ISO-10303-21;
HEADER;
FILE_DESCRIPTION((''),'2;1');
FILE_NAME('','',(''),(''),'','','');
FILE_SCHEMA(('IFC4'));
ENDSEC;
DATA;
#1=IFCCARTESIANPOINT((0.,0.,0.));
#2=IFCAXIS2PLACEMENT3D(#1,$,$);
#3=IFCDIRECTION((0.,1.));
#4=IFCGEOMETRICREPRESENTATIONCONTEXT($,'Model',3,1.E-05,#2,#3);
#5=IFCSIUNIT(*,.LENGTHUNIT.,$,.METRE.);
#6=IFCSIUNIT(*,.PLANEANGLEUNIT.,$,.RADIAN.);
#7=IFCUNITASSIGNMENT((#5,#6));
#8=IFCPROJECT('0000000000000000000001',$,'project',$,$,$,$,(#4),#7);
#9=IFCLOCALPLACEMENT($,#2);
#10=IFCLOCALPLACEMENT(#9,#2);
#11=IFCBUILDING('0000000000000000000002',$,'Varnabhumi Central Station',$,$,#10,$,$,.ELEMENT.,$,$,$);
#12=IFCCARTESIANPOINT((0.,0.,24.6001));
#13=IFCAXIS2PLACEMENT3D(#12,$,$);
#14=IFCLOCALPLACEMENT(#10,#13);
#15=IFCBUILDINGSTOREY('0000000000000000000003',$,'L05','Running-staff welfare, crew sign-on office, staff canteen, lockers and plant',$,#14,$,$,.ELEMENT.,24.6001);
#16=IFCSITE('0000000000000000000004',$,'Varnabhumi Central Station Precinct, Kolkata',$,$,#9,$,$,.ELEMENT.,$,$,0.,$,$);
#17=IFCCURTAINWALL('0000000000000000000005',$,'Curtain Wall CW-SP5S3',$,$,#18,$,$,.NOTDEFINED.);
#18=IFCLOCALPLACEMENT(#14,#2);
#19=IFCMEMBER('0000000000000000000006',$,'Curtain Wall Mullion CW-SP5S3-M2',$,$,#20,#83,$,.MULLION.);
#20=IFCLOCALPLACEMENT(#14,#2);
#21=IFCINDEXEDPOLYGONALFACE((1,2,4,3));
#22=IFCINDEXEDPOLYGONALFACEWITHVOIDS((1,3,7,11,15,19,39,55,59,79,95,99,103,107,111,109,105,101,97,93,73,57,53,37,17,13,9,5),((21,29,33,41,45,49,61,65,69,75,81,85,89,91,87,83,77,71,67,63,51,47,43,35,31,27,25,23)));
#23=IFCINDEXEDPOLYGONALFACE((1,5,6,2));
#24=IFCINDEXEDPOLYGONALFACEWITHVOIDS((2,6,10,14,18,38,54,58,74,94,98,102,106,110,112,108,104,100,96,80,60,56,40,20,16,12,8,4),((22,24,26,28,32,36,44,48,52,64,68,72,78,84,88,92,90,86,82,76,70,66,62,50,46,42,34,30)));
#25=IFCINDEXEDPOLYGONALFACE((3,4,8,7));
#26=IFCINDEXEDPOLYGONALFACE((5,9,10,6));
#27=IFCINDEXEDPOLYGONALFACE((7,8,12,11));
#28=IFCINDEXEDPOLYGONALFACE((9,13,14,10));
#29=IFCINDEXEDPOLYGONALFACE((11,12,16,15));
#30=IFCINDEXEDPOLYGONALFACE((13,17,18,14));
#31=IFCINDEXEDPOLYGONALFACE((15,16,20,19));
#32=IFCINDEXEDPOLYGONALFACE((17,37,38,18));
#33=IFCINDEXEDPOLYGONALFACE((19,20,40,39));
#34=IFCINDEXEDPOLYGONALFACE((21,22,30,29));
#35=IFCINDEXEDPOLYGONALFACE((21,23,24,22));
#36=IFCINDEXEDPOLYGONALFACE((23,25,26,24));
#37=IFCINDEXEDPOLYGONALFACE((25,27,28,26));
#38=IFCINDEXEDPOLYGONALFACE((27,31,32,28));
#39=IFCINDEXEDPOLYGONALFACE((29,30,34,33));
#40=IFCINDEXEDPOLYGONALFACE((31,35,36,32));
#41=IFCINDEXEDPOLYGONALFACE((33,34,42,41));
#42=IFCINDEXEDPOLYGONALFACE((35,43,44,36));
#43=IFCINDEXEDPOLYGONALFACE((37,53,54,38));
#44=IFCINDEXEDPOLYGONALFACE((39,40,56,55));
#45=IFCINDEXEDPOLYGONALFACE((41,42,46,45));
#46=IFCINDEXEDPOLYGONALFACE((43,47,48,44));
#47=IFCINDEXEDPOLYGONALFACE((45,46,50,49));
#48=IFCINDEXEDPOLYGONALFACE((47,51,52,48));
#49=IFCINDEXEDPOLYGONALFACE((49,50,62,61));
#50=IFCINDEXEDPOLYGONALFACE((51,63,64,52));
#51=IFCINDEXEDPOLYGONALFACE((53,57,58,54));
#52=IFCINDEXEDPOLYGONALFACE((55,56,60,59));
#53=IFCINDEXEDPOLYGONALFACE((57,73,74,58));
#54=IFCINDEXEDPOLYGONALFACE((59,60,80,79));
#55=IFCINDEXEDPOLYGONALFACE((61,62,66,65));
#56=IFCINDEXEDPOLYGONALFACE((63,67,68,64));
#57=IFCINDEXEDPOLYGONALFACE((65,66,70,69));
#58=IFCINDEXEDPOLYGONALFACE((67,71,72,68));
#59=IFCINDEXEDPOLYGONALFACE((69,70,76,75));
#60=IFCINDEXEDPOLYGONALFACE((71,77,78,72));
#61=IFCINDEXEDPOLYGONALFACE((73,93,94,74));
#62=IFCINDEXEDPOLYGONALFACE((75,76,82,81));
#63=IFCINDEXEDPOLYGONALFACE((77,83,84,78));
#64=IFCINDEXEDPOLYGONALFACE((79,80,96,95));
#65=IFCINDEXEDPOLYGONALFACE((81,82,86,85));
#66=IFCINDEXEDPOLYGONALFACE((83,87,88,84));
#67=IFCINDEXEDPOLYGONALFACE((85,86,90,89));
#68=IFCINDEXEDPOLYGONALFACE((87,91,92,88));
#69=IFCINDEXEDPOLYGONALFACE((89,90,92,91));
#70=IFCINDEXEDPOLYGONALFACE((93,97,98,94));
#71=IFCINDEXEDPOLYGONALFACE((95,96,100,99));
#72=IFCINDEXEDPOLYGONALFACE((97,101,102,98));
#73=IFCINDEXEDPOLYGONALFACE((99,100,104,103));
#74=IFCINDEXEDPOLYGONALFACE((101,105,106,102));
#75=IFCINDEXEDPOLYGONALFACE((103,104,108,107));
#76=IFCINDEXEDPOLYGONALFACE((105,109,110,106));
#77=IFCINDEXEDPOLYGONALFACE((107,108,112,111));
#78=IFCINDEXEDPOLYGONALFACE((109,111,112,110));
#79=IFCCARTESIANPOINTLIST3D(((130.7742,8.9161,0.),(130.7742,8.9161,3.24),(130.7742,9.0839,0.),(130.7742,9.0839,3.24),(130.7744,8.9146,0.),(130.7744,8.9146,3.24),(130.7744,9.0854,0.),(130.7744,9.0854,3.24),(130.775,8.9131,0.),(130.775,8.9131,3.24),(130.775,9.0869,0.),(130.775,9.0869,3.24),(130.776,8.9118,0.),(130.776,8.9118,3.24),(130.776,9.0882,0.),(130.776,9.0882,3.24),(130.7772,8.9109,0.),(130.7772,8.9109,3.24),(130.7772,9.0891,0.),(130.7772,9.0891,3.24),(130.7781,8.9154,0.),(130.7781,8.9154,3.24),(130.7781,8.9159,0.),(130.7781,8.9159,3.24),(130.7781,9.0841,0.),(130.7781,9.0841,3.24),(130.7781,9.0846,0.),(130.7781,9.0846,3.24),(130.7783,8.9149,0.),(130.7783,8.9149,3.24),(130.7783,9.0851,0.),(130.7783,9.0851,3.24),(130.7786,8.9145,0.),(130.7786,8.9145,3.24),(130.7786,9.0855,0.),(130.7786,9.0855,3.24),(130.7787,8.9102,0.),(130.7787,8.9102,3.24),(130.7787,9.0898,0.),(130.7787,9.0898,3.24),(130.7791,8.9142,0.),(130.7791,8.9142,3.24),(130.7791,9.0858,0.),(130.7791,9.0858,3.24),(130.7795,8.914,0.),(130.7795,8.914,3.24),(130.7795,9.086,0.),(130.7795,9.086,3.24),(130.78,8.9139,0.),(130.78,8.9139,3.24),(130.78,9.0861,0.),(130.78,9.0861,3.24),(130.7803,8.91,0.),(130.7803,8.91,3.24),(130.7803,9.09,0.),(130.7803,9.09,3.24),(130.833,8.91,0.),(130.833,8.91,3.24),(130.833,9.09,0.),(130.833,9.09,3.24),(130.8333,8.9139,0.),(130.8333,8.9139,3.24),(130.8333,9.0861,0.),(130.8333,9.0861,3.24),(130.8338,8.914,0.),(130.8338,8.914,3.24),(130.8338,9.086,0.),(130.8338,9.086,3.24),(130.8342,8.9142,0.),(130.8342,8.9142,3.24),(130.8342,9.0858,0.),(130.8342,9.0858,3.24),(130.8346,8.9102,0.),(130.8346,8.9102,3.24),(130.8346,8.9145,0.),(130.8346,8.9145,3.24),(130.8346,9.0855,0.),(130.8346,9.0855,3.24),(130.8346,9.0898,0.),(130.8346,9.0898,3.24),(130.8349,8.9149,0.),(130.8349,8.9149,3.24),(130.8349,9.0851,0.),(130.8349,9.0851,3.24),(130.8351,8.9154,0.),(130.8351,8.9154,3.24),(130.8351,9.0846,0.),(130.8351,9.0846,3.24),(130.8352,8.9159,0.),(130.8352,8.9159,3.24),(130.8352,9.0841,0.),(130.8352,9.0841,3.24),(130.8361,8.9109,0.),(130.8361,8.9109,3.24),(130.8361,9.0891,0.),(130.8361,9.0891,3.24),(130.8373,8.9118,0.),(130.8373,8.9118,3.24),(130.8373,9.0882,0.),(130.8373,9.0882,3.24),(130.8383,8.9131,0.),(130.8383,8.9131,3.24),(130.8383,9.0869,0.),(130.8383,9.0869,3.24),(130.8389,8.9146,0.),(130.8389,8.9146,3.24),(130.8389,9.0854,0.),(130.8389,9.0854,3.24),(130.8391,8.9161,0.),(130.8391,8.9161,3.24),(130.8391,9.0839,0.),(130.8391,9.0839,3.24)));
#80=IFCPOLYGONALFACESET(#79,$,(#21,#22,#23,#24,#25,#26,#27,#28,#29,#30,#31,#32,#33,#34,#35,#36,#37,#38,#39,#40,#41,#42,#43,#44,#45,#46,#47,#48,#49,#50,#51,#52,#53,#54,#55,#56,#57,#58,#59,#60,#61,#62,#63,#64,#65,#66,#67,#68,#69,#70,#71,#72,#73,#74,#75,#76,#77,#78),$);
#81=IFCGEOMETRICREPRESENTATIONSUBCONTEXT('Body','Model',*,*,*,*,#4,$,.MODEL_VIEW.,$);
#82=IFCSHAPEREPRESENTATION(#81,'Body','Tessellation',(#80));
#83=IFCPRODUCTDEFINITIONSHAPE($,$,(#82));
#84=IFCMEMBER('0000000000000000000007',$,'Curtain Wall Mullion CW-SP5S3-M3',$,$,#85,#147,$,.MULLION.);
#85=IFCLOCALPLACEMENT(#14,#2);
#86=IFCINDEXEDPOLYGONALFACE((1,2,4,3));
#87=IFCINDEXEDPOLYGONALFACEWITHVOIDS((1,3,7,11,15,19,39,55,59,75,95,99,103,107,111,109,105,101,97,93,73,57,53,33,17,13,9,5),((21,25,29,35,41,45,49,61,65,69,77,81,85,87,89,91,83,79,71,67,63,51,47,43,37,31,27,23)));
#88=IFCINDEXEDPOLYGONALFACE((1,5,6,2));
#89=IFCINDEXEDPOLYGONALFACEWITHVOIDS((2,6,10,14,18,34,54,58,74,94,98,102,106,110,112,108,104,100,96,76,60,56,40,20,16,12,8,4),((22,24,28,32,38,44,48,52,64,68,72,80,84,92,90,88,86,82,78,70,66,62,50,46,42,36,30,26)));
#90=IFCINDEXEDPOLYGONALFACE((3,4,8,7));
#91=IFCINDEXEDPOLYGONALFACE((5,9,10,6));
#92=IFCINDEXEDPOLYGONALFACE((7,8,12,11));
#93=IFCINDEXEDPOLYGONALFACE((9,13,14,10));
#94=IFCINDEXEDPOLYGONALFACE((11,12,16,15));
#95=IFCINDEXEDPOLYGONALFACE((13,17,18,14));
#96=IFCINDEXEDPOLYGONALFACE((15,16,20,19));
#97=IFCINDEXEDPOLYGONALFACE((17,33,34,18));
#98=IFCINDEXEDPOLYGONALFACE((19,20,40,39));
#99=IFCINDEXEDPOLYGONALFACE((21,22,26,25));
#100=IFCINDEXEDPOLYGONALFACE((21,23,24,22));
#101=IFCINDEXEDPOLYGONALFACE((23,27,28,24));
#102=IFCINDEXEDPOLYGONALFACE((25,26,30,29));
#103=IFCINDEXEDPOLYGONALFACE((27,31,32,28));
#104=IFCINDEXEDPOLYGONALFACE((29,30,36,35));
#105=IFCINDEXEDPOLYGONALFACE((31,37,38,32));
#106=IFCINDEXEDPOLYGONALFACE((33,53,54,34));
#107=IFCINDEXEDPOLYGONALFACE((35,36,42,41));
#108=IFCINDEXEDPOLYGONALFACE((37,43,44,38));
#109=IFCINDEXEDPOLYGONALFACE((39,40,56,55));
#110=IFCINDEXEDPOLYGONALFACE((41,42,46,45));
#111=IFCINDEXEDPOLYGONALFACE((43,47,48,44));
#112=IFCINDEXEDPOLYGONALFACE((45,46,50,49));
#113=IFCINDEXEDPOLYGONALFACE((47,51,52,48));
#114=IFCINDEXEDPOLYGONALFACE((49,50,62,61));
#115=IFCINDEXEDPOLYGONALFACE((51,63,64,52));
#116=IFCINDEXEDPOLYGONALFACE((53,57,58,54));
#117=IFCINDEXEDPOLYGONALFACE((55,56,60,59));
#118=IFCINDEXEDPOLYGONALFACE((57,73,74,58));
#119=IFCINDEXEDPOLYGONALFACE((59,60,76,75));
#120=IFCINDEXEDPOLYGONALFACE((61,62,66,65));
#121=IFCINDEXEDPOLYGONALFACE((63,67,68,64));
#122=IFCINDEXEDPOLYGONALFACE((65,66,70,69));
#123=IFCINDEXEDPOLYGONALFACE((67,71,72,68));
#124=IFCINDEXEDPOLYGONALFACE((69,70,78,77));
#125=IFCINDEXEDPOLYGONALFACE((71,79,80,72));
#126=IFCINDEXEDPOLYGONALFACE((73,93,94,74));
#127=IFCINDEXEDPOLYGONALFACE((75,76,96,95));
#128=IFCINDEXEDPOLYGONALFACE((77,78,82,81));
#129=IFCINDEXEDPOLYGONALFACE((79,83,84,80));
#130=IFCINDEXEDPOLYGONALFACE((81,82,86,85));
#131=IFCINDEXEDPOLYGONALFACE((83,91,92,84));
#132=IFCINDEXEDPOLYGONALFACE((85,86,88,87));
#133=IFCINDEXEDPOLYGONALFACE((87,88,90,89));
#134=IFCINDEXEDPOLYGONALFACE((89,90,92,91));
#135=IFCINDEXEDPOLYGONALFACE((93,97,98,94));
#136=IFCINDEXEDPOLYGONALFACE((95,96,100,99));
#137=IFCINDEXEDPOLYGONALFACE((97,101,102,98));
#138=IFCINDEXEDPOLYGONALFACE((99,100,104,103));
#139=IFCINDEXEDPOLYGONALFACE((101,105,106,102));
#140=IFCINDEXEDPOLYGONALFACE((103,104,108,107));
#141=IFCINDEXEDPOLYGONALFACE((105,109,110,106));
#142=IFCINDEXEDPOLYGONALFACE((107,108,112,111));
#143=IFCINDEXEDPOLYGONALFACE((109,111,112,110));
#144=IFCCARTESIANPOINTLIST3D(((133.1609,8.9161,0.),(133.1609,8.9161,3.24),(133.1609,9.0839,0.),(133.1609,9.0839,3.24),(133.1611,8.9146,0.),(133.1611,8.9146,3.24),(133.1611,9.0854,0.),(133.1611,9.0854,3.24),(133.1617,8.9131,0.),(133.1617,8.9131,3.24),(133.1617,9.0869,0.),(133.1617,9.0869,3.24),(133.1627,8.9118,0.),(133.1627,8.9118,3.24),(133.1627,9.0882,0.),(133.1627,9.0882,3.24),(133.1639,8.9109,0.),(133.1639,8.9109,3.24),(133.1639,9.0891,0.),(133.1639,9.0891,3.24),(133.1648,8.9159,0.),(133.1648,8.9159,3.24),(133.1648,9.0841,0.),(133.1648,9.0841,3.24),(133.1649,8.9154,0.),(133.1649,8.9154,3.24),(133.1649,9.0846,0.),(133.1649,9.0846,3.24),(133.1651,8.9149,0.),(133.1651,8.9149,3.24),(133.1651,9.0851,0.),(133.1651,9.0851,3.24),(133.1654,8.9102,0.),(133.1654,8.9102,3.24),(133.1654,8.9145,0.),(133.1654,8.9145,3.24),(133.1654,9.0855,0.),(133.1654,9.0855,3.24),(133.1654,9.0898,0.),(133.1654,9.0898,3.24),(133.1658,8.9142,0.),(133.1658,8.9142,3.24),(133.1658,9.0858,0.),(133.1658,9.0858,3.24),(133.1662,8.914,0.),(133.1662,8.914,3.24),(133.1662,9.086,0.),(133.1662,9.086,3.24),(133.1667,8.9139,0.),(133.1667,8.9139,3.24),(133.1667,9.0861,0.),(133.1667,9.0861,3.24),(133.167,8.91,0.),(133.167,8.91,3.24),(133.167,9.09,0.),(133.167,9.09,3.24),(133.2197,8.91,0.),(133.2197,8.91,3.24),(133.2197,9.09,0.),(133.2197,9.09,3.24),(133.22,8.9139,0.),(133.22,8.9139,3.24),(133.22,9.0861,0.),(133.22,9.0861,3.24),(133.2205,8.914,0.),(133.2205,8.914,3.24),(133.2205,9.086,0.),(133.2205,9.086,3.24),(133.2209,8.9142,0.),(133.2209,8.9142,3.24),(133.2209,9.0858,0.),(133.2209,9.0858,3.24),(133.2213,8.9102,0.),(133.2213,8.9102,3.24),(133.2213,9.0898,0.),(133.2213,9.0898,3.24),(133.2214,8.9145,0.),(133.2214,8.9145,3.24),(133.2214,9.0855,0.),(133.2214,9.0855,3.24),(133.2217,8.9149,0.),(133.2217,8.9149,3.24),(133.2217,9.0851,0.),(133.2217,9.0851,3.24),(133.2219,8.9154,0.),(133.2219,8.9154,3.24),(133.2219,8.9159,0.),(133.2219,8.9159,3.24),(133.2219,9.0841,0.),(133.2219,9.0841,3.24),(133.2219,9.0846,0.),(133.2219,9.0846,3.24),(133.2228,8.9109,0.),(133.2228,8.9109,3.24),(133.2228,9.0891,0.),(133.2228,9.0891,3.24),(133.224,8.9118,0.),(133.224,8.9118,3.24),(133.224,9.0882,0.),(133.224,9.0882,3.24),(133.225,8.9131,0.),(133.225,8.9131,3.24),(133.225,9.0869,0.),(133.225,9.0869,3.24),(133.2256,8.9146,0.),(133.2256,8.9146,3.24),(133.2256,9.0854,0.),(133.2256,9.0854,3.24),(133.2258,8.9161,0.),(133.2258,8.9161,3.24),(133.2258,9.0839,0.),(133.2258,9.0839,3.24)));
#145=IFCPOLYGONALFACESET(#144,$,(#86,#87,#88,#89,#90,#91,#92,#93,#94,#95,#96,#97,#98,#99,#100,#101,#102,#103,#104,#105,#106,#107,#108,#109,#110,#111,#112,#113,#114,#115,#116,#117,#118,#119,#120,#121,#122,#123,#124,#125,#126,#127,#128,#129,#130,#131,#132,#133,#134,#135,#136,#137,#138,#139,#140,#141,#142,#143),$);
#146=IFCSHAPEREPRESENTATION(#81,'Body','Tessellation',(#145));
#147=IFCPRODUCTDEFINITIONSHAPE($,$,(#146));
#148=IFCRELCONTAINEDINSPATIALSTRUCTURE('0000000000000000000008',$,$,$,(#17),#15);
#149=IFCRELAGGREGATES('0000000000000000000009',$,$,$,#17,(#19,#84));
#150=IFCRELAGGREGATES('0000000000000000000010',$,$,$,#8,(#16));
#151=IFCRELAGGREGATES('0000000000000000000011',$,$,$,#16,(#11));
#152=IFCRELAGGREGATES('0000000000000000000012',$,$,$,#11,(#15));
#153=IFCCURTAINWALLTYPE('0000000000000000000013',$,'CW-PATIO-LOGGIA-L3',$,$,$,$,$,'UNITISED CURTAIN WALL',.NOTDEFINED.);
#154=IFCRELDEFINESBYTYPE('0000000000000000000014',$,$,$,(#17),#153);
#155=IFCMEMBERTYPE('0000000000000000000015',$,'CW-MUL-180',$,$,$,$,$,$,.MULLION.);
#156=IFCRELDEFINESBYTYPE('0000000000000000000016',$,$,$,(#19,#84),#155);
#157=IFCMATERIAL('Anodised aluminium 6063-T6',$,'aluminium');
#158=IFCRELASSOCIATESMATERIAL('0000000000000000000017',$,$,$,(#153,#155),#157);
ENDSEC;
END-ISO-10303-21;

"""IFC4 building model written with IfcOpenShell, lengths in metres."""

from ifc_helpers import new_model, si_unit, direction, frame, origin, origin_2d, place, context, subcontext, project, spatial, hollow_rectangle, extrude, material, material_profile, profile_set, type_object, element, aggregate, save


model = new_model("IFC4")

# Units and contexts
model_context = context("Model", 3, precision=1e-05, world=origin(), true_north=direction((0.0, 1.0)))
body_context = subcontext(model_context, "Body", "Model", "MODEL_VIEW")
ifc_project = project(units=[si_unit("LENGTHUNIT", "METRE"), si_unit("PLANEANGLEUNIT", "RADIAN")], contexts=[model_context])

# Site, building, storey
site_placement = place(None, origin())
site = spatial("IfcSite", under=ifc_project, at=site_placement, Name="Varnabhumi Central Station Precinct, Kolkata", CompositionType="ELEMENT", RefElevation=0.0)
building_placement = place(site_placement, origin())
building = spatial("IfcBuilding", under=site, at=building_placement, Name="Varnabhumi Central Station", CompositionType="ELEMENT")
storey_placement = place(building_placement, frame((0.0, 0.0, 24.6001)))
storey = spatial("IfcBuildingStorey", under=building, at=storey_placement, Name="L05", Description="Running-staff welfare, crew sign-on office, staff canteen, lockers and plant", CompositionType="ELEMENT", Elevation=24.6001)

# Curtain wall, members
ifc_material_1 = material(Name="Anodised aluminium 6063-T6", Category="aluminium")
curtain_wall_type = type_object("IfcCurtainWallType", Name="CW-PATIO-LOGGIA-L3", ElementType="UNITISED CURTAIN WALL", PredefinedType="NOTDEFINED", material=ifc_material_1)
curtain_wall_placement = place(storey_placement, origin())
curtain_wall = element("IfcCurtainWall", 1, at=curtain_wall_placement, inside=storey, type_object=curtain_wall_type, Name="Curtain Wall CW-SP5S3", PredefinedType="NOTDEFINED")
ifc_material_profile_1 = material_profile(ifc_material_1, hollow_rectangle(XDim=0.0649, YDim=0.1799, WallThickness=0.0039, InnerFilletRadius=0.002, OuterFilletRadius=0.0061, at=origin_2d()), Name="Anodised aluminium 6063-T6", Category="aluminium")
ifc_profile_set_1 = profile_set([ifc_material_profile_1], Name="Anodised aluminium 6063-T6")
member_type_1 = type_object("IfcMemberType", Name="CW-MUL-180", PredefinedType="MULLION", material=ifc_profile_set_1)
member_1_placement = place(storey_placement, frame((130.8066, 9.0, 0.0), z_axis=(0.0, 0.0, 1.0), x_axis=(1.0, 0.0, 0.0)))
member_1 = element("IfcMember", 2, at=member_1_placement, type_object=member_type_1, Name="Curtain Wall Mullion CW-SP5S3-M2", PredefinedType="MULLION", context=body_context, shape_type="SweptSolid", body=[
    extrude(hollow_rectangle(XDim=0.0649, YDim=0.1799, WallThickness=0.0039, InnerFilletRadius=0.002, OuterFilletRadius=0.0061, at=origin_2d()), origin(), (0.0, 0.0, 1.0), 3.24),
])
member_2_placement = place(storey_placement, frame((133.1934, 9.0, 0.0), z_axis=(0.0, 0.0, 1.0), x_axis=(1.0, 0.0, 0.0)))
member_2 = element("IfcMember", 3, at=member_2_placement, type_object=member_type_1, Name="Curtain Wall Mullion CW-SP5S3-M3", PredefinedType="MULLION", context=body_context, shape_type="SweptSolid", body=[
    extrude(hollow_rectangle(XDim=0.0649, YDim=0.1799, WallThickness=0.0039, InnerFilletRadius=0.002, OuterFilletRadius=0.0061, at=origin_2d()), origin(), (0.0, 0.0, 1.0), 3.24),
])

aggregate(curtain_wall, [member_1, member_2])

save(model, "model.ifc")
